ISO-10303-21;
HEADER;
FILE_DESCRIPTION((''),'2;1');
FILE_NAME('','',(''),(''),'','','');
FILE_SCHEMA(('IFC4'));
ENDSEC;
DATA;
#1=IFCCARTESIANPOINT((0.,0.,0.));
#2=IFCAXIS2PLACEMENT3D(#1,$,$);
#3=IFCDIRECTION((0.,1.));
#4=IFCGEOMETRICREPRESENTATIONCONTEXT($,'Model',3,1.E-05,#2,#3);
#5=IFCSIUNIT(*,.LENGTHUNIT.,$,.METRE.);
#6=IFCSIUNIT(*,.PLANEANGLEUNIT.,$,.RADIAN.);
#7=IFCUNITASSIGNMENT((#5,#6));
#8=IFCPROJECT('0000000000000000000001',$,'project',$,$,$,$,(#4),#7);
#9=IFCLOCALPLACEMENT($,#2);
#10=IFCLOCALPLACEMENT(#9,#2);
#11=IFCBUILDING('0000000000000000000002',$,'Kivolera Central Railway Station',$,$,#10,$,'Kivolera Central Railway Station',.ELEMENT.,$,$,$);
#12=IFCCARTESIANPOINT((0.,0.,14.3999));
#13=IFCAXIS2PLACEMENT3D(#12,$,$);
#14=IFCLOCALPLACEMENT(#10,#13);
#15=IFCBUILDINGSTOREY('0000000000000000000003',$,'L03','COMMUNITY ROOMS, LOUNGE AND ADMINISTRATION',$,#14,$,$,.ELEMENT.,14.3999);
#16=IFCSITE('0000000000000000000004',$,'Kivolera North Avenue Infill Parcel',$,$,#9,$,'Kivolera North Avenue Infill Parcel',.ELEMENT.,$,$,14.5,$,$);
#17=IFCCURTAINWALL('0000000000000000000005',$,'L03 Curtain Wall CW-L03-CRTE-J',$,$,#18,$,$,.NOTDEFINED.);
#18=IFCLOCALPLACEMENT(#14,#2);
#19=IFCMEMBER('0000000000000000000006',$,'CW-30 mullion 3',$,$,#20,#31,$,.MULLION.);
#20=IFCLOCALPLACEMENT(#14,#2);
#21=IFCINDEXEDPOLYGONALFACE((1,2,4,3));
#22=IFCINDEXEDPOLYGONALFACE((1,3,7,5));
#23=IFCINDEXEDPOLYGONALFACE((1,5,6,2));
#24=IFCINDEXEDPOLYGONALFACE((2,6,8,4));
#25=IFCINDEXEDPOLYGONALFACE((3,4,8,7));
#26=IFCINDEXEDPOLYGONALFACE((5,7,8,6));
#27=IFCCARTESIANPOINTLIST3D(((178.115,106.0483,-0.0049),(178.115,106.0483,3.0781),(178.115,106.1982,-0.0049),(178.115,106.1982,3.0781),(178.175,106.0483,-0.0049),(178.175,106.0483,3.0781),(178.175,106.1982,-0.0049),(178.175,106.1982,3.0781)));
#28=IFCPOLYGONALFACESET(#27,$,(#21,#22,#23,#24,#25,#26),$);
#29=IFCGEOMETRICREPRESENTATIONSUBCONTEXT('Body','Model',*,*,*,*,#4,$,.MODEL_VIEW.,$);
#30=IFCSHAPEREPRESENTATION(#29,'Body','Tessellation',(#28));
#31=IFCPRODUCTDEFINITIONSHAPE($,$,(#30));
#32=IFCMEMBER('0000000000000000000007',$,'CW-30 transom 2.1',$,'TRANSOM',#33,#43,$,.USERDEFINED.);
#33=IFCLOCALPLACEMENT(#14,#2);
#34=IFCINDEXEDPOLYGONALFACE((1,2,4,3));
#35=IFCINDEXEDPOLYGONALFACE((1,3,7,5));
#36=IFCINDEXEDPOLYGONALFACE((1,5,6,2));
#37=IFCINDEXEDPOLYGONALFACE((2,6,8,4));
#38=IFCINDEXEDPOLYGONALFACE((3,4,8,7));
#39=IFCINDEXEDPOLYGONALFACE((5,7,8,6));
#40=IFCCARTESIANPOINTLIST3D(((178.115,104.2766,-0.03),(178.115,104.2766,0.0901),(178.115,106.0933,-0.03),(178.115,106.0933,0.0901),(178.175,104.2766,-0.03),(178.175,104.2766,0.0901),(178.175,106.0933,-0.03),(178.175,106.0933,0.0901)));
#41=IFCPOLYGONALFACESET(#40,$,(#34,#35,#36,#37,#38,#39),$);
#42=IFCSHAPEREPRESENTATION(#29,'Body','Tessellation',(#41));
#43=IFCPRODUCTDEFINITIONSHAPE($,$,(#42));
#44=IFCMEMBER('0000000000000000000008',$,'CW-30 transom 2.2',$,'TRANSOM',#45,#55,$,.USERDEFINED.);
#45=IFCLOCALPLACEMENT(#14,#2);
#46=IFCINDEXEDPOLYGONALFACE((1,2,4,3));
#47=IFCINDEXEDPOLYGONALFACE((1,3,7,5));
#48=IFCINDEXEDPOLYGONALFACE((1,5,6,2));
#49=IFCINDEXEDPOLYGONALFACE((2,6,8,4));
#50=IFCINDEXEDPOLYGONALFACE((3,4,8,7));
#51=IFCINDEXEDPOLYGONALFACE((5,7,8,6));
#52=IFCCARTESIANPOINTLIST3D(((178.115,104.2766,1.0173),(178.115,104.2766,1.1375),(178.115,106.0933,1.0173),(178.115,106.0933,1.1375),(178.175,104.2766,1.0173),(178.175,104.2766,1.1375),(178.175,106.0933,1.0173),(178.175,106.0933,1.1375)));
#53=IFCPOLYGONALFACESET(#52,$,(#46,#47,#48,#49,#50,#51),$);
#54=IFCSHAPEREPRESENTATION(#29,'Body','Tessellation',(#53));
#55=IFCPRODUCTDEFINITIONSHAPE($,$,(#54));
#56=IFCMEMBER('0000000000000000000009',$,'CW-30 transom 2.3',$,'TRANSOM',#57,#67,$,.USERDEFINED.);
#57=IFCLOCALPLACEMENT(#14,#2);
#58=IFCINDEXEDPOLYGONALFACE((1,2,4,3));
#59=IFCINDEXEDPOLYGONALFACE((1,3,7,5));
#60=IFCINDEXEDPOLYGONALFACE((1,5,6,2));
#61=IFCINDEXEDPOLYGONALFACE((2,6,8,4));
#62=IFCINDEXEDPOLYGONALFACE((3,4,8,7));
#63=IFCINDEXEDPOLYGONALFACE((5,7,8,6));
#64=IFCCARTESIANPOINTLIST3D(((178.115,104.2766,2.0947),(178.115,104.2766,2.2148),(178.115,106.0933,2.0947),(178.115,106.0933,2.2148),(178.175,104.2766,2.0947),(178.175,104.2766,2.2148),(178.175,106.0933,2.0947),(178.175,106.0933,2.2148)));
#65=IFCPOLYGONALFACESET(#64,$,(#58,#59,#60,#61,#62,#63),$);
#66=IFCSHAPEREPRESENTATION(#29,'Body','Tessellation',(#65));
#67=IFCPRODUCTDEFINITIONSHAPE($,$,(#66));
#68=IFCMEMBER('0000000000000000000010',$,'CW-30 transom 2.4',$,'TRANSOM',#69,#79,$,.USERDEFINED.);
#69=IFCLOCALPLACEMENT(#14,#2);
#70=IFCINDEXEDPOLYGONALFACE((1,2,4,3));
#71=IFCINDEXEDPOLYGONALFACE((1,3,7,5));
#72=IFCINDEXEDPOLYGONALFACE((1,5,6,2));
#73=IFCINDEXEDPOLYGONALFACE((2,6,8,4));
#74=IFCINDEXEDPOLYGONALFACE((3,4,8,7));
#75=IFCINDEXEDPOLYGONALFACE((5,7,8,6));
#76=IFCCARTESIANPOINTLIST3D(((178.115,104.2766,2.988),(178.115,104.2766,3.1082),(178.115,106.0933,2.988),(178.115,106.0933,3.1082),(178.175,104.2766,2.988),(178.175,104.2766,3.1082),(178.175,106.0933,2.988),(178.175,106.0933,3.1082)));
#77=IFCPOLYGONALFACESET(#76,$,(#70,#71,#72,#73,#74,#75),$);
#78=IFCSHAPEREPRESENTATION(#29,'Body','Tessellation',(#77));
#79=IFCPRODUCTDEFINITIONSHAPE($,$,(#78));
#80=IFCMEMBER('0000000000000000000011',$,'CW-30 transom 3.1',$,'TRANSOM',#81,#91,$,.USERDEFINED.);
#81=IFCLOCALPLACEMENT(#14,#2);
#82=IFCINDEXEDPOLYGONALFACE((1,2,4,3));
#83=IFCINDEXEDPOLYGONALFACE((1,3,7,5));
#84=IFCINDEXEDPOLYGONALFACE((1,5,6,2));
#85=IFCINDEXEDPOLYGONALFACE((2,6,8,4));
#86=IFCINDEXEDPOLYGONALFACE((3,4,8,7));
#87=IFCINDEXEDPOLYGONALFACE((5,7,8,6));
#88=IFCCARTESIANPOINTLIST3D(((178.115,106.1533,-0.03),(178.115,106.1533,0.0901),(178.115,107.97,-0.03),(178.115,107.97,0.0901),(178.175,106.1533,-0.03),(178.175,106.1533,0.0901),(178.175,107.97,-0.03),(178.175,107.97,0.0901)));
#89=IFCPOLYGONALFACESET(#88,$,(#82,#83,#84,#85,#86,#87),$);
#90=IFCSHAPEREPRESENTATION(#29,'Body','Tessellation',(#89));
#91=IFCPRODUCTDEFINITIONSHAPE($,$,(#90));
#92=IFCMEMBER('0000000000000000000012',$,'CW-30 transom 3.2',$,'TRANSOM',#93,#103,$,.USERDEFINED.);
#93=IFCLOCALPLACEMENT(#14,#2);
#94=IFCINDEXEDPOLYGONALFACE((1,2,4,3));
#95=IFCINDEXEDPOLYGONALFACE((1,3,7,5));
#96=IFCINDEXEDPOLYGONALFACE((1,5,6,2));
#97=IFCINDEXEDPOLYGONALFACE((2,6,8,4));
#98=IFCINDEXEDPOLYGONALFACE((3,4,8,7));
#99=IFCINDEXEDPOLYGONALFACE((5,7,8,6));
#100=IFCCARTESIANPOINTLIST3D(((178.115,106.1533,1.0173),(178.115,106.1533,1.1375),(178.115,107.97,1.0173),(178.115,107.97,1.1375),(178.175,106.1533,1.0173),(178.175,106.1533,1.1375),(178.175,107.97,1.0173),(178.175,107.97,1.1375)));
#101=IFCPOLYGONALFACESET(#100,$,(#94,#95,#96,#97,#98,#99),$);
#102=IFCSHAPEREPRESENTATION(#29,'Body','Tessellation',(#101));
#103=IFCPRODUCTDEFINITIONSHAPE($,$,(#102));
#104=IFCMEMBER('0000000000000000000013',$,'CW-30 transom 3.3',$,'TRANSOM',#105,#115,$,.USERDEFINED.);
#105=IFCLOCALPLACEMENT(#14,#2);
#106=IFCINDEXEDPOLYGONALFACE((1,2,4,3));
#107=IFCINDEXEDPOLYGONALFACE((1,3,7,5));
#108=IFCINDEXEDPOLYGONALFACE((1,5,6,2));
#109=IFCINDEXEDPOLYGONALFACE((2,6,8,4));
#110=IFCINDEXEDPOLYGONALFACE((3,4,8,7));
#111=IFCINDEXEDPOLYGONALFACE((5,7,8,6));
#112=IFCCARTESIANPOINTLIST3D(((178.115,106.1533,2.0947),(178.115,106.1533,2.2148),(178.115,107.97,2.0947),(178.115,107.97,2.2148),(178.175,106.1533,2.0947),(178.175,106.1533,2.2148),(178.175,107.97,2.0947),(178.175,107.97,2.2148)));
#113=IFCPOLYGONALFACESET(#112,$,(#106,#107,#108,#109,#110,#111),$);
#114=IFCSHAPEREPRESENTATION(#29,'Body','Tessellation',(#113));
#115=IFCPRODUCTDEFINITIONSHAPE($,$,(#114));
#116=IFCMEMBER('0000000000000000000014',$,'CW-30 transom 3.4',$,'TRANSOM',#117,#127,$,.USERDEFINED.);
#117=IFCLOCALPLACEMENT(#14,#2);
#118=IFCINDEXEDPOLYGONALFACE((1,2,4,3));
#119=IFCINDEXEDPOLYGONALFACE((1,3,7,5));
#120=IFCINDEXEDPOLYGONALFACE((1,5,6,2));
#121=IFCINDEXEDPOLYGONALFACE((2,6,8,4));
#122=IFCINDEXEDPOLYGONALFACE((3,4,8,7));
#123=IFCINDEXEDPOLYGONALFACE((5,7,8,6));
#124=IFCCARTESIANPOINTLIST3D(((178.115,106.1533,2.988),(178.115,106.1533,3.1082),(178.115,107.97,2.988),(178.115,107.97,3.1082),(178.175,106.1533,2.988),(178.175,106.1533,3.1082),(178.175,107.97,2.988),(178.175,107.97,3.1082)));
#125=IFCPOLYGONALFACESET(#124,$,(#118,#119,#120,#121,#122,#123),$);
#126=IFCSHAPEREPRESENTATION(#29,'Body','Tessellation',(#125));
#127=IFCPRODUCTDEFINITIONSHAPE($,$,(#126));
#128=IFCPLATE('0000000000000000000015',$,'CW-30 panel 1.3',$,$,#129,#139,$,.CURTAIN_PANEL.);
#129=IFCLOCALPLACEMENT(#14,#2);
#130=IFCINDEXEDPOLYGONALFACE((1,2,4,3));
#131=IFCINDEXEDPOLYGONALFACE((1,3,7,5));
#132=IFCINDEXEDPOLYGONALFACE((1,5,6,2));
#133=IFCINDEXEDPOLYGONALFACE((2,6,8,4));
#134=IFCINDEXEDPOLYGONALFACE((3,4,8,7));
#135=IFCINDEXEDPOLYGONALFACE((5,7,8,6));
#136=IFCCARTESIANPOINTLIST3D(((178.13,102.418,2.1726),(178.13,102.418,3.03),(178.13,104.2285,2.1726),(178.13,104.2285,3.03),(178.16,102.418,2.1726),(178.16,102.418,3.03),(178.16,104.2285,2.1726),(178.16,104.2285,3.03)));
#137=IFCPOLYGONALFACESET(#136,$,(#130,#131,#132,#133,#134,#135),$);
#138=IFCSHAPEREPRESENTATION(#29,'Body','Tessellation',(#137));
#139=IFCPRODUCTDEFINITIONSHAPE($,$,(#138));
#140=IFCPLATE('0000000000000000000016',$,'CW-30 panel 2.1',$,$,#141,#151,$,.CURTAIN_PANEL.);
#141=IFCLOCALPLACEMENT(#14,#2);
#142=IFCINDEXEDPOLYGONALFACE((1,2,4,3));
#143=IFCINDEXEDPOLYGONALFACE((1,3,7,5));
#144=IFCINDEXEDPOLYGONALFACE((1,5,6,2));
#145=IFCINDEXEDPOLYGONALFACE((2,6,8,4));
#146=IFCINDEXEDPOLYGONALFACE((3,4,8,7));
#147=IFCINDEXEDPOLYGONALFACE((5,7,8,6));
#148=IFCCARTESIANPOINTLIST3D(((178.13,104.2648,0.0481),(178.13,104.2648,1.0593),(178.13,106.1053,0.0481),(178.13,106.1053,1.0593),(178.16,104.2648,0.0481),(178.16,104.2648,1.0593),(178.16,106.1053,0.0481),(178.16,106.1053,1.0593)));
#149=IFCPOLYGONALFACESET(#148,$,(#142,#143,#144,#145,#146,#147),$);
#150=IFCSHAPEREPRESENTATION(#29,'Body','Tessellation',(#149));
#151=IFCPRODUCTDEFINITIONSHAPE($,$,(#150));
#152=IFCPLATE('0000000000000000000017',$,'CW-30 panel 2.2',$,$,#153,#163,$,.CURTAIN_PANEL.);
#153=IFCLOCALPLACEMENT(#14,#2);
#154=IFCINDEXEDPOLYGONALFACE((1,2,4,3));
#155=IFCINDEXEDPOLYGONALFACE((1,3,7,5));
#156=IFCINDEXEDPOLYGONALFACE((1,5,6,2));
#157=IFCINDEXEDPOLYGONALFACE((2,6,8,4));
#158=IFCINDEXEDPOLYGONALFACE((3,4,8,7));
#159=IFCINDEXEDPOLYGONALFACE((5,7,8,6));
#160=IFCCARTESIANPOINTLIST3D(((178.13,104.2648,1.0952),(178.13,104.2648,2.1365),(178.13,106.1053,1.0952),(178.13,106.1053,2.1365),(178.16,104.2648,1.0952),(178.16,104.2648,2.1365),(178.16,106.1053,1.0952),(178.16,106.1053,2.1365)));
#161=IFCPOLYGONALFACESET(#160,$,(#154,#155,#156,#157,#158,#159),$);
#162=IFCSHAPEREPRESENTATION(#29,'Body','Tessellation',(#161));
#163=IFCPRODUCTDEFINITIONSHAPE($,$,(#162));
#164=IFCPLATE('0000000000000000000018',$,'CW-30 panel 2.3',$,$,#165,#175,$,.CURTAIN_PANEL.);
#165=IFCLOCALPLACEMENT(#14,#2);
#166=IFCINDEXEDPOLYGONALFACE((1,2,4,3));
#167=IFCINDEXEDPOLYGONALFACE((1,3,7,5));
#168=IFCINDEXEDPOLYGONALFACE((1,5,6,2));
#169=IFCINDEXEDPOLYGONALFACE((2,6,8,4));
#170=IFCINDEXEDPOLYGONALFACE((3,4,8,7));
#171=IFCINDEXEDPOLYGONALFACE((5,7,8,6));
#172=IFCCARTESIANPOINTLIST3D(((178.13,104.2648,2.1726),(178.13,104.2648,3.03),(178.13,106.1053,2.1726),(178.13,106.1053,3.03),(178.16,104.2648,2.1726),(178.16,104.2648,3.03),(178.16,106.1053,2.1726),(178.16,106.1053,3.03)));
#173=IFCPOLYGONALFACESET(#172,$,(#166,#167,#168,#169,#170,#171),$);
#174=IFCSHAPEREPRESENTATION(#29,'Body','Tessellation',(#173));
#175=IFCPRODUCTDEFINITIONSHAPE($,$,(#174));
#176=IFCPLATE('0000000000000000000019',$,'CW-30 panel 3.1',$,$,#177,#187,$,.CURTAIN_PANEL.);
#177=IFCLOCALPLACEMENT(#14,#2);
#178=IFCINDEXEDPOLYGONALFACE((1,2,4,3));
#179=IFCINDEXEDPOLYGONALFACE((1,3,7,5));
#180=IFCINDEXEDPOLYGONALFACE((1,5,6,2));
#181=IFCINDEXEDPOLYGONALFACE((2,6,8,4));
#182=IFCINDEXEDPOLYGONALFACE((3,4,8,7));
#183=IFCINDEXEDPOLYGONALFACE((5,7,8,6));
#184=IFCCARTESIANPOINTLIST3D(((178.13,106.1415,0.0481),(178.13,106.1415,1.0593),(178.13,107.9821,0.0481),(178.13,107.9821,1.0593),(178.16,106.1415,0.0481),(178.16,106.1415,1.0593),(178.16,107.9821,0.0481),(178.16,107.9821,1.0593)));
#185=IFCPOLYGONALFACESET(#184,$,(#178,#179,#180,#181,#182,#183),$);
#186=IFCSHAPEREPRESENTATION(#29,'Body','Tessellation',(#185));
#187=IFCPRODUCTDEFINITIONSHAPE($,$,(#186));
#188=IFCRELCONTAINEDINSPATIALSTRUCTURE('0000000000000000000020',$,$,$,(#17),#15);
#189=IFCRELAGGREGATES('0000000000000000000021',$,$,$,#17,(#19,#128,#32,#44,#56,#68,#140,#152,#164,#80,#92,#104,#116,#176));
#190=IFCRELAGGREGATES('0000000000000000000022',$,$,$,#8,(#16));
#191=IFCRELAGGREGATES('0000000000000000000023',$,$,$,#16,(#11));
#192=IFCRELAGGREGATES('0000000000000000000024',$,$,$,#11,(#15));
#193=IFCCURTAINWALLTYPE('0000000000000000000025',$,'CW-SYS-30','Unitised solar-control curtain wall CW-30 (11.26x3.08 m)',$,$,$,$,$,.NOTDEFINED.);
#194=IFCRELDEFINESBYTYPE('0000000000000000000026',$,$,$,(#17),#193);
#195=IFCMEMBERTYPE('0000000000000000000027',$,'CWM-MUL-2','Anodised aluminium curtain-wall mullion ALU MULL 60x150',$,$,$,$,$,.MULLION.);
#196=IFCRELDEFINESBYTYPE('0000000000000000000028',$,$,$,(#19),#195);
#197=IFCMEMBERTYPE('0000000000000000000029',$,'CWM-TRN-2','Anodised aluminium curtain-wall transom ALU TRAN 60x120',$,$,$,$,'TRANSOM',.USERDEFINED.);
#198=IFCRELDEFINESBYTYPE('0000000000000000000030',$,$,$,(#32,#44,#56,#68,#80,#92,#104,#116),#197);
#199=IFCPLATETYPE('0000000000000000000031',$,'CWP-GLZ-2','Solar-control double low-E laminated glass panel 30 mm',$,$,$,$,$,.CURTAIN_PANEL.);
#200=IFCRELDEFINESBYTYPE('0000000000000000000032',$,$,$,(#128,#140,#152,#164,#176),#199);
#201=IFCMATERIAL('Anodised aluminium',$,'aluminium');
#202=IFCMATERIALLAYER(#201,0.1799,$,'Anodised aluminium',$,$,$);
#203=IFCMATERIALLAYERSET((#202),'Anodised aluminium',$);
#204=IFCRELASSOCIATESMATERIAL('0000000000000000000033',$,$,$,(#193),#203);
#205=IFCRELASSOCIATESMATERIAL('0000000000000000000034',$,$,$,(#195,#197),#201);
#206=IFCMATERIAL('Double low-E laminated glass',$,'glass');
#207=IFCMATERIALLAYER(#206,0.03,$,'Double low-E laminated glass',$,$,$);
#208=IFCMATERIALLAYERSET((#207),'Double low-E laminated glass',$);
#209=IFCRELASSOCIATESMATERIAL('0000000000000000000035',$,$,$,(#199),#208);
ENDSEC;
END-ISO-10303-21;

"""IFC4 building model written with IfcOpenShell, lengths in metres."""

from ifc_helpers import new_model, si_unit, direction, frame, origin, origin_2d, place, context, subcontext, project, spatial, rectangle, extrude, material, layer, layer_set, material_profile, profile_set, type_object, element, aggregate, save


model = new_model("IFC4")

# Units and contexts
model_context = context("Model", 3, precision=1e-05, world=origin(), true_north=direction((0.0, 1.0)))
body_context = subcontext(model_context, "Body", "Model", "MODEL_VIEW")
ifc_project = project(units=[si_unit("LENGTHUNIT", "METRE"), si_unit("PLANEANGLEUNIT", "RADIAN")], contexts=[model_context])

# Site, building, storey
site_placement = place(None, origin())
site = spatial("IfcSite", under=ifc_project, at=site_placement, Name="Kivolera North Avenue Infill Parcel", LongName="Kivolera North Avenue Infill Parcel", CompositionType="ELEMENT", RefElevation=14.5)
building_placement = place(site_placement, origin())
building = spatial("IfcBuilding", under=site, at=building_placement, Name="Kivolera Central Railway Station", LongName="Kivolera Central Railway Station", CompositionType="ELEMENT")
storey_placement = place(building_placement, frame((0.0, 0.0, 14.3999)))
storey = spatial("IfcBuildingStorey", under=building, at=storey_placement, Name="L03", Description="COMMUNITY ROOMS, LOUNGE AND ADMINISTRATION", CompositionType="ELEMENT", Elevation=14.3999)

# Curtain wall, members, plates
ifc_material_1 = material(Name="Anodised aluminium", Category="aluminium")
ifc_layer_1 = layer(ifc_material_1, 0.1799, Name="Anodised aluminium")
ifc_layer_set_1 = layer_set([ifc_layer_1], Name="Anodised aluminium")
curtain_wall_type = type_object("IfcCurtainWallType", Name="CW-SYS-30", Description="Unitised solar-control curtain wall CW-30 (11.26x3.08 m)", PredefinedType="NOTDEFINED", material=ifc_layer_set_1)
curtain_wall_placement = place(storey_placement, origin())
curtain_wall = element("IfcCurtainWall", 1, at=curtain_wall_placement, inside=storey, type_object=curtain_wall_type, Name="L03 Curtain Wall CW-L03-CRTE-J", PredefinedType="NOTDEFINED")
ifc_material_profile_1 = material_profile(ifc_material_1, rectangle(XDim=0.0601, YDim=0.1499, at=origin_2d()), Name="ALU MULL 60x150")
ifc_profile_set_1 = profile_set([ifc_material_profile_1], Name="Anodised aluminium")
member_type_1 = type_object("IfcMemberType", Name="CWM-MUL-2", Description="Anodised aluminium curtain-wall mullion ALU MULL 60x150", PredefinedType="MULLION", material=ifc_profile_set_1)
member_1_placement = place(storey_placement, frame((178.145, 106.1233, -0.0049), z_axis=(0.0, 0.0, 1.0), x_axis=(-1.0, 0.0, 0.0)))
member_1 = element("IfcMember", 2, at=member_1_placement, type_object=member_type_1, Name="CW-30 mullion 3", PredefinedType="MULLION", context=body_context, shape_type="SweptSolid", body=[
    extrude(rectangle(XDim=0.0601, YDim=0.1499, at=origin_2d()), origin(), (0.0, 0.0, 1.0), 3.083),
])
ifc_material_profile_2 = material_profile(ifc_material_1, rectangle(XDim=0.0601, YDim=0.1201, at=origin_2d()), Name="ALU TRAN 60x120")
ifc_profile_set_2 = profile_set([ifc_material_profile_2], Name="Anodised aluminium")
member_type_2 = type_object("IfcMemberType", Name="CWM-TRN-2", Description="Anodised aluminium curtain-wall transom ALU TRAN 60x120", ElementType="TRANSOM", PredefinedType="USERDEFINED", material=ifc_profile_set_2)
member_2_placement = place(storey_placement, frame((178.145, 104.2766, 0.03), z_axis=(0.0, 1.0, 0.0), x_axis=(-1.0, 0.0, 0.0)))
member_2 = element("IfcMember", 3, at=member_2_placement, type_object=member_type_2, Name="CW-30 transom 2.1", ObjectType="TRANSOM", PredefinedType="USERDEFINED", context=body_context, shape_type="SweptSolid", body=[
    extrude(rectangle(XDim=0.0601, YDim=0.1201, at=origin_2d()), origin(), (0.0, 0.0, 1.0), 1.8167),
])
member_3_placement = place(storey_placement, frame((178.145, 104.2766, 1.0774), z_axis=(0.0, 1.0, 0.0), x_axis=(-1.0, 0.0, 0.0)))
member_3 = element("IfcMember", 4, at=member_3_placement, type_object=member_type_2, Name="CW-30 transom 2.2", ObjectType="TRANSOM", PredefinedType="USERDEFINED", context=body_context, shape_type="SweptSolid", body=[
    extrude(rectangle(XDim=0.0601, YDim=0.1201, at=origin_2d()), origin(), (0.0, 0.0, 1.0), 1.8167),
])
member_4_placement = place(storey_placement, frame((178.145, 104.2766, 2.1548), z_axis=(0.0, 1.0, 0.0), x_axis=(-1.0, 0.0, 0.0)))
member_4 = element("IfcMember", 5, at=member_4_placement, type_object=member_type_2, Name="CW-30 transom 2.3", ObjectType="TRANSOM", PredefinedType="USERDEFINED", context=body_context, shape_type="SweptSolid", body=[
    extrude(rectangle(XDim=0.0601, YDim=0.1201, at=origin_2d()), origin(), (0.0, 0.0, 1.0), 1.8167),
])
member_5_placement = place(storey_placement, frame((178.145, 104.2766, 3.0481), z_axis=(0.0, 1.0, 0.0), x_axis=(-1.0, 0.0, 0.0)))
member_5 = element("IfcMember", 6, at=member_5_placement, type_object=member_type_2, Name="CW-30 transom 2.4", ObjectType="TRANSOM", PredefinedType="USERDEFINED", context=body_context, shape_type="SweptSolid", body=[
    extrude(rectangle(XDim=0.0601, YDim=0.1201, at=origin_2d()), origin(), (0.0, 0.0, 1.0), 1.8167),
])
member_6_placement = place(storey_placement, frame((178.145, 106.1533, 0.03), z_axis=(0.0, 1.0, 0.0), x_axis=(-1.0, 0.0, 0.0)))
member_6 = element("IfcMember", 7, at=member_6_placement, type_object=member_type_2, Name="CW-30 transom 3.1", ObjectType="TRANSOM", PredefinedType="USERDEFINED", context=body_context, shape_type="SweptSolid", body=[
    extrude(rectangle(XDim=0.0601, YDim=0.1201, at=origin_2d()), origin(), (0.0, 0.0, 1.0), 1.8167),
])
member_7_placement = place(storey_placement, frame((178.145, 106.1533, 1.0774), z_axis=(0.0, 1.0, 0.0), x_axis=(-1.0, 0.0, 0.0)))
member_7 = element("IfcMember", 8, at=member_7_placement, type_object=member_type_2, Name="CW-30 transom 3.2", ObjectType="TRANSOM", PredefinedType="USERDEFINED", context=body_context, shape_type="SweptSolid", body=[
    extrude(rectangle(XDim=0.0601, YDim=0.1201, at=origin_2d()), origin(), (0.0, 0.0, 1.0), 1.8167),
])
member_8_placement = place(storey_placement, frame((178.145, 106.1533, 2.1548), z_axis=(0.0, 1.0, 0.0), x_axis=(-1.0, 0.0, 0.0)))
member_8 = element("IfcMember", 9, at=member_8_placement, type_object=member_type_2, Name="CW-30 transom 3.3", ObjectType="TRANSOM", PredefinedType="USERDEFINED", context=body_context, shape_type="SweptSolid", body=[
    extrude(rectangle(XDim=0.0601, YDim=0.1201, at=origin_2d()), origin(), (0.0, 0.0, 1.0), 1.8167),
])
member_9_placement = place(storey_placement, frame((178.145, 106.1533, 3.0481), z_axis=(0.0, 1.0, 0.0), x_axis=(-1.0, 0.0, 0.0)))
member_9 = element("IfcMember", 10, at=member_9_placement, type_object=member_type_2, Name="CW-30 transom 3.4", ObjectType="TRANSOM", PredefinedType="USERDEFINED", context=body_context, shape_type="SweptSolid", body=[
    extrude(rectangle(XDim=0.0601, YDim=0.1201, at=origin_2d()), origin(), (0.0, 0.0, 1.0), 1.8167),
])
ifc_material_2 = material(Name="Double low-E laminated glass", Category="glass")
ifc_layer_2 = layer(ifc_material_2, 0.03, Name="Double low-E laminated glass")
ifc_layer_set_2 = layer_set([ifc_layer_2], Name="Double low-E laminated glass")
plate_type = type_object("IfcPlateType", Name="CWP-GLZ-2", Description="Solar-control double low-E laminated glass panel 30 mm", PredefinedType="CURTAIN_PANEL", material=ifc_layer_set_2)
plate_1_placement = place(storey_placement, frame((178.145, 103.3232, 2.1726), z_axis=(0.0, 0.0, 1.0), x_axis=(0.0, 1.0, 0.0)))
plate_1 = element("IfcPlate", 11, at=plate_1_placement, type_object=plate_type, Name="CW-30 panel 1.3", PredefinedType="CURTAIN_PANEL", context=body_context, shape_type="SweptSolid", body=[
    extrude(rectangle(XDim=1.8105, YDim=0.03, at=origin_2d()), origin(), (0.0, 0.0, 1.0), 0.8574),
])
plate_2_placement = place(storey_placement, frame((178.145, 105.1851, 0.0481), z_axis=(0.0, 0.0, 1.0), x_axis=(0.0, 1.0, 0.0)))
plate_2 = element("IfcPlate", 12, at=plate_2_placement, type_object=plate_type, Name="CW-30 panel 2.1", PredefinedType="CURTAIN_PANEL", context=body_context, shape_type="SweptSolid", body=[
    extrude(rectangle(XDim=1.8406, YDim=0.03, at=origin_2d()), origin(), (0.0, 0.0, 1.0), 1.0112),
])
plate_3_placement = place(storey_placement, frame((178.145, 105.1851, 1.0952), z_axis=(0.0, 0.0, 1.0), x_axis=(0.0, 1.0, 0.0)))
plate_3 = element("IfcPlate", 13, at=plate_3_placement, type_object=plate_type, Name="CW-30 panel 2.2", PredefinedType="CURTAIN_PANEL", context=body_context, shape_type="SweptSolid", body=[
    extrude(rectangle(XDim=1.8406, YDim=0.03, at=origin_2d()), origin(), (0.0, 0.0, 1.0), 1.0413),
])
plate_4_placement = place(storey_placement, frame((178.145, 105.1851, 2.1726), z_axis=(0.0, 0.0, 1.0), x_axis=(0.0, 1.0, 0.0)))
plate_4 = element("IfcPlate", 14, at=plate_4_placement, type_object=plate_type, Name="CW-30 panel 2.3", PredefinedType="CURTAIN_PANEL", context=body_context, shape_type="SweptSolid", body=[
    extrude(rectangle(XDim=1.8406, YDim=0.03, at=origin_2d()), origin(), (0.0, 0.0, 1.0), 0.8574),
])
plate_5_placement = place(storey_placement, frame((178.145, 107.0618, 0.0481), z_axis=(0.0, 0.0, 1.0), x_axis=(0.0, 1.0, 0.0)))
plate_5 = element("IfcPlate", 15, at=plate_5_placement, type_object=plate_type, Name="CW-30 panel 3.1", PredefinedType="CURTAIN_PANEL", context=body_context, shape_type="SweptSolid", body=[
    extrude(rectangle(XDim=1.8406, YDim=0.03, at=origin_2d()), origin(), (0.0, 0.0, 1.0), 1.0112),
])
aggregate(curtain_wall, [member_1, plate_1, member_2, member_3, member_4, member_5, plate_2, plate_3, plate_4, member_6, member_7, member_8, member_9, plate_5])

save(model, "model.ifc")
